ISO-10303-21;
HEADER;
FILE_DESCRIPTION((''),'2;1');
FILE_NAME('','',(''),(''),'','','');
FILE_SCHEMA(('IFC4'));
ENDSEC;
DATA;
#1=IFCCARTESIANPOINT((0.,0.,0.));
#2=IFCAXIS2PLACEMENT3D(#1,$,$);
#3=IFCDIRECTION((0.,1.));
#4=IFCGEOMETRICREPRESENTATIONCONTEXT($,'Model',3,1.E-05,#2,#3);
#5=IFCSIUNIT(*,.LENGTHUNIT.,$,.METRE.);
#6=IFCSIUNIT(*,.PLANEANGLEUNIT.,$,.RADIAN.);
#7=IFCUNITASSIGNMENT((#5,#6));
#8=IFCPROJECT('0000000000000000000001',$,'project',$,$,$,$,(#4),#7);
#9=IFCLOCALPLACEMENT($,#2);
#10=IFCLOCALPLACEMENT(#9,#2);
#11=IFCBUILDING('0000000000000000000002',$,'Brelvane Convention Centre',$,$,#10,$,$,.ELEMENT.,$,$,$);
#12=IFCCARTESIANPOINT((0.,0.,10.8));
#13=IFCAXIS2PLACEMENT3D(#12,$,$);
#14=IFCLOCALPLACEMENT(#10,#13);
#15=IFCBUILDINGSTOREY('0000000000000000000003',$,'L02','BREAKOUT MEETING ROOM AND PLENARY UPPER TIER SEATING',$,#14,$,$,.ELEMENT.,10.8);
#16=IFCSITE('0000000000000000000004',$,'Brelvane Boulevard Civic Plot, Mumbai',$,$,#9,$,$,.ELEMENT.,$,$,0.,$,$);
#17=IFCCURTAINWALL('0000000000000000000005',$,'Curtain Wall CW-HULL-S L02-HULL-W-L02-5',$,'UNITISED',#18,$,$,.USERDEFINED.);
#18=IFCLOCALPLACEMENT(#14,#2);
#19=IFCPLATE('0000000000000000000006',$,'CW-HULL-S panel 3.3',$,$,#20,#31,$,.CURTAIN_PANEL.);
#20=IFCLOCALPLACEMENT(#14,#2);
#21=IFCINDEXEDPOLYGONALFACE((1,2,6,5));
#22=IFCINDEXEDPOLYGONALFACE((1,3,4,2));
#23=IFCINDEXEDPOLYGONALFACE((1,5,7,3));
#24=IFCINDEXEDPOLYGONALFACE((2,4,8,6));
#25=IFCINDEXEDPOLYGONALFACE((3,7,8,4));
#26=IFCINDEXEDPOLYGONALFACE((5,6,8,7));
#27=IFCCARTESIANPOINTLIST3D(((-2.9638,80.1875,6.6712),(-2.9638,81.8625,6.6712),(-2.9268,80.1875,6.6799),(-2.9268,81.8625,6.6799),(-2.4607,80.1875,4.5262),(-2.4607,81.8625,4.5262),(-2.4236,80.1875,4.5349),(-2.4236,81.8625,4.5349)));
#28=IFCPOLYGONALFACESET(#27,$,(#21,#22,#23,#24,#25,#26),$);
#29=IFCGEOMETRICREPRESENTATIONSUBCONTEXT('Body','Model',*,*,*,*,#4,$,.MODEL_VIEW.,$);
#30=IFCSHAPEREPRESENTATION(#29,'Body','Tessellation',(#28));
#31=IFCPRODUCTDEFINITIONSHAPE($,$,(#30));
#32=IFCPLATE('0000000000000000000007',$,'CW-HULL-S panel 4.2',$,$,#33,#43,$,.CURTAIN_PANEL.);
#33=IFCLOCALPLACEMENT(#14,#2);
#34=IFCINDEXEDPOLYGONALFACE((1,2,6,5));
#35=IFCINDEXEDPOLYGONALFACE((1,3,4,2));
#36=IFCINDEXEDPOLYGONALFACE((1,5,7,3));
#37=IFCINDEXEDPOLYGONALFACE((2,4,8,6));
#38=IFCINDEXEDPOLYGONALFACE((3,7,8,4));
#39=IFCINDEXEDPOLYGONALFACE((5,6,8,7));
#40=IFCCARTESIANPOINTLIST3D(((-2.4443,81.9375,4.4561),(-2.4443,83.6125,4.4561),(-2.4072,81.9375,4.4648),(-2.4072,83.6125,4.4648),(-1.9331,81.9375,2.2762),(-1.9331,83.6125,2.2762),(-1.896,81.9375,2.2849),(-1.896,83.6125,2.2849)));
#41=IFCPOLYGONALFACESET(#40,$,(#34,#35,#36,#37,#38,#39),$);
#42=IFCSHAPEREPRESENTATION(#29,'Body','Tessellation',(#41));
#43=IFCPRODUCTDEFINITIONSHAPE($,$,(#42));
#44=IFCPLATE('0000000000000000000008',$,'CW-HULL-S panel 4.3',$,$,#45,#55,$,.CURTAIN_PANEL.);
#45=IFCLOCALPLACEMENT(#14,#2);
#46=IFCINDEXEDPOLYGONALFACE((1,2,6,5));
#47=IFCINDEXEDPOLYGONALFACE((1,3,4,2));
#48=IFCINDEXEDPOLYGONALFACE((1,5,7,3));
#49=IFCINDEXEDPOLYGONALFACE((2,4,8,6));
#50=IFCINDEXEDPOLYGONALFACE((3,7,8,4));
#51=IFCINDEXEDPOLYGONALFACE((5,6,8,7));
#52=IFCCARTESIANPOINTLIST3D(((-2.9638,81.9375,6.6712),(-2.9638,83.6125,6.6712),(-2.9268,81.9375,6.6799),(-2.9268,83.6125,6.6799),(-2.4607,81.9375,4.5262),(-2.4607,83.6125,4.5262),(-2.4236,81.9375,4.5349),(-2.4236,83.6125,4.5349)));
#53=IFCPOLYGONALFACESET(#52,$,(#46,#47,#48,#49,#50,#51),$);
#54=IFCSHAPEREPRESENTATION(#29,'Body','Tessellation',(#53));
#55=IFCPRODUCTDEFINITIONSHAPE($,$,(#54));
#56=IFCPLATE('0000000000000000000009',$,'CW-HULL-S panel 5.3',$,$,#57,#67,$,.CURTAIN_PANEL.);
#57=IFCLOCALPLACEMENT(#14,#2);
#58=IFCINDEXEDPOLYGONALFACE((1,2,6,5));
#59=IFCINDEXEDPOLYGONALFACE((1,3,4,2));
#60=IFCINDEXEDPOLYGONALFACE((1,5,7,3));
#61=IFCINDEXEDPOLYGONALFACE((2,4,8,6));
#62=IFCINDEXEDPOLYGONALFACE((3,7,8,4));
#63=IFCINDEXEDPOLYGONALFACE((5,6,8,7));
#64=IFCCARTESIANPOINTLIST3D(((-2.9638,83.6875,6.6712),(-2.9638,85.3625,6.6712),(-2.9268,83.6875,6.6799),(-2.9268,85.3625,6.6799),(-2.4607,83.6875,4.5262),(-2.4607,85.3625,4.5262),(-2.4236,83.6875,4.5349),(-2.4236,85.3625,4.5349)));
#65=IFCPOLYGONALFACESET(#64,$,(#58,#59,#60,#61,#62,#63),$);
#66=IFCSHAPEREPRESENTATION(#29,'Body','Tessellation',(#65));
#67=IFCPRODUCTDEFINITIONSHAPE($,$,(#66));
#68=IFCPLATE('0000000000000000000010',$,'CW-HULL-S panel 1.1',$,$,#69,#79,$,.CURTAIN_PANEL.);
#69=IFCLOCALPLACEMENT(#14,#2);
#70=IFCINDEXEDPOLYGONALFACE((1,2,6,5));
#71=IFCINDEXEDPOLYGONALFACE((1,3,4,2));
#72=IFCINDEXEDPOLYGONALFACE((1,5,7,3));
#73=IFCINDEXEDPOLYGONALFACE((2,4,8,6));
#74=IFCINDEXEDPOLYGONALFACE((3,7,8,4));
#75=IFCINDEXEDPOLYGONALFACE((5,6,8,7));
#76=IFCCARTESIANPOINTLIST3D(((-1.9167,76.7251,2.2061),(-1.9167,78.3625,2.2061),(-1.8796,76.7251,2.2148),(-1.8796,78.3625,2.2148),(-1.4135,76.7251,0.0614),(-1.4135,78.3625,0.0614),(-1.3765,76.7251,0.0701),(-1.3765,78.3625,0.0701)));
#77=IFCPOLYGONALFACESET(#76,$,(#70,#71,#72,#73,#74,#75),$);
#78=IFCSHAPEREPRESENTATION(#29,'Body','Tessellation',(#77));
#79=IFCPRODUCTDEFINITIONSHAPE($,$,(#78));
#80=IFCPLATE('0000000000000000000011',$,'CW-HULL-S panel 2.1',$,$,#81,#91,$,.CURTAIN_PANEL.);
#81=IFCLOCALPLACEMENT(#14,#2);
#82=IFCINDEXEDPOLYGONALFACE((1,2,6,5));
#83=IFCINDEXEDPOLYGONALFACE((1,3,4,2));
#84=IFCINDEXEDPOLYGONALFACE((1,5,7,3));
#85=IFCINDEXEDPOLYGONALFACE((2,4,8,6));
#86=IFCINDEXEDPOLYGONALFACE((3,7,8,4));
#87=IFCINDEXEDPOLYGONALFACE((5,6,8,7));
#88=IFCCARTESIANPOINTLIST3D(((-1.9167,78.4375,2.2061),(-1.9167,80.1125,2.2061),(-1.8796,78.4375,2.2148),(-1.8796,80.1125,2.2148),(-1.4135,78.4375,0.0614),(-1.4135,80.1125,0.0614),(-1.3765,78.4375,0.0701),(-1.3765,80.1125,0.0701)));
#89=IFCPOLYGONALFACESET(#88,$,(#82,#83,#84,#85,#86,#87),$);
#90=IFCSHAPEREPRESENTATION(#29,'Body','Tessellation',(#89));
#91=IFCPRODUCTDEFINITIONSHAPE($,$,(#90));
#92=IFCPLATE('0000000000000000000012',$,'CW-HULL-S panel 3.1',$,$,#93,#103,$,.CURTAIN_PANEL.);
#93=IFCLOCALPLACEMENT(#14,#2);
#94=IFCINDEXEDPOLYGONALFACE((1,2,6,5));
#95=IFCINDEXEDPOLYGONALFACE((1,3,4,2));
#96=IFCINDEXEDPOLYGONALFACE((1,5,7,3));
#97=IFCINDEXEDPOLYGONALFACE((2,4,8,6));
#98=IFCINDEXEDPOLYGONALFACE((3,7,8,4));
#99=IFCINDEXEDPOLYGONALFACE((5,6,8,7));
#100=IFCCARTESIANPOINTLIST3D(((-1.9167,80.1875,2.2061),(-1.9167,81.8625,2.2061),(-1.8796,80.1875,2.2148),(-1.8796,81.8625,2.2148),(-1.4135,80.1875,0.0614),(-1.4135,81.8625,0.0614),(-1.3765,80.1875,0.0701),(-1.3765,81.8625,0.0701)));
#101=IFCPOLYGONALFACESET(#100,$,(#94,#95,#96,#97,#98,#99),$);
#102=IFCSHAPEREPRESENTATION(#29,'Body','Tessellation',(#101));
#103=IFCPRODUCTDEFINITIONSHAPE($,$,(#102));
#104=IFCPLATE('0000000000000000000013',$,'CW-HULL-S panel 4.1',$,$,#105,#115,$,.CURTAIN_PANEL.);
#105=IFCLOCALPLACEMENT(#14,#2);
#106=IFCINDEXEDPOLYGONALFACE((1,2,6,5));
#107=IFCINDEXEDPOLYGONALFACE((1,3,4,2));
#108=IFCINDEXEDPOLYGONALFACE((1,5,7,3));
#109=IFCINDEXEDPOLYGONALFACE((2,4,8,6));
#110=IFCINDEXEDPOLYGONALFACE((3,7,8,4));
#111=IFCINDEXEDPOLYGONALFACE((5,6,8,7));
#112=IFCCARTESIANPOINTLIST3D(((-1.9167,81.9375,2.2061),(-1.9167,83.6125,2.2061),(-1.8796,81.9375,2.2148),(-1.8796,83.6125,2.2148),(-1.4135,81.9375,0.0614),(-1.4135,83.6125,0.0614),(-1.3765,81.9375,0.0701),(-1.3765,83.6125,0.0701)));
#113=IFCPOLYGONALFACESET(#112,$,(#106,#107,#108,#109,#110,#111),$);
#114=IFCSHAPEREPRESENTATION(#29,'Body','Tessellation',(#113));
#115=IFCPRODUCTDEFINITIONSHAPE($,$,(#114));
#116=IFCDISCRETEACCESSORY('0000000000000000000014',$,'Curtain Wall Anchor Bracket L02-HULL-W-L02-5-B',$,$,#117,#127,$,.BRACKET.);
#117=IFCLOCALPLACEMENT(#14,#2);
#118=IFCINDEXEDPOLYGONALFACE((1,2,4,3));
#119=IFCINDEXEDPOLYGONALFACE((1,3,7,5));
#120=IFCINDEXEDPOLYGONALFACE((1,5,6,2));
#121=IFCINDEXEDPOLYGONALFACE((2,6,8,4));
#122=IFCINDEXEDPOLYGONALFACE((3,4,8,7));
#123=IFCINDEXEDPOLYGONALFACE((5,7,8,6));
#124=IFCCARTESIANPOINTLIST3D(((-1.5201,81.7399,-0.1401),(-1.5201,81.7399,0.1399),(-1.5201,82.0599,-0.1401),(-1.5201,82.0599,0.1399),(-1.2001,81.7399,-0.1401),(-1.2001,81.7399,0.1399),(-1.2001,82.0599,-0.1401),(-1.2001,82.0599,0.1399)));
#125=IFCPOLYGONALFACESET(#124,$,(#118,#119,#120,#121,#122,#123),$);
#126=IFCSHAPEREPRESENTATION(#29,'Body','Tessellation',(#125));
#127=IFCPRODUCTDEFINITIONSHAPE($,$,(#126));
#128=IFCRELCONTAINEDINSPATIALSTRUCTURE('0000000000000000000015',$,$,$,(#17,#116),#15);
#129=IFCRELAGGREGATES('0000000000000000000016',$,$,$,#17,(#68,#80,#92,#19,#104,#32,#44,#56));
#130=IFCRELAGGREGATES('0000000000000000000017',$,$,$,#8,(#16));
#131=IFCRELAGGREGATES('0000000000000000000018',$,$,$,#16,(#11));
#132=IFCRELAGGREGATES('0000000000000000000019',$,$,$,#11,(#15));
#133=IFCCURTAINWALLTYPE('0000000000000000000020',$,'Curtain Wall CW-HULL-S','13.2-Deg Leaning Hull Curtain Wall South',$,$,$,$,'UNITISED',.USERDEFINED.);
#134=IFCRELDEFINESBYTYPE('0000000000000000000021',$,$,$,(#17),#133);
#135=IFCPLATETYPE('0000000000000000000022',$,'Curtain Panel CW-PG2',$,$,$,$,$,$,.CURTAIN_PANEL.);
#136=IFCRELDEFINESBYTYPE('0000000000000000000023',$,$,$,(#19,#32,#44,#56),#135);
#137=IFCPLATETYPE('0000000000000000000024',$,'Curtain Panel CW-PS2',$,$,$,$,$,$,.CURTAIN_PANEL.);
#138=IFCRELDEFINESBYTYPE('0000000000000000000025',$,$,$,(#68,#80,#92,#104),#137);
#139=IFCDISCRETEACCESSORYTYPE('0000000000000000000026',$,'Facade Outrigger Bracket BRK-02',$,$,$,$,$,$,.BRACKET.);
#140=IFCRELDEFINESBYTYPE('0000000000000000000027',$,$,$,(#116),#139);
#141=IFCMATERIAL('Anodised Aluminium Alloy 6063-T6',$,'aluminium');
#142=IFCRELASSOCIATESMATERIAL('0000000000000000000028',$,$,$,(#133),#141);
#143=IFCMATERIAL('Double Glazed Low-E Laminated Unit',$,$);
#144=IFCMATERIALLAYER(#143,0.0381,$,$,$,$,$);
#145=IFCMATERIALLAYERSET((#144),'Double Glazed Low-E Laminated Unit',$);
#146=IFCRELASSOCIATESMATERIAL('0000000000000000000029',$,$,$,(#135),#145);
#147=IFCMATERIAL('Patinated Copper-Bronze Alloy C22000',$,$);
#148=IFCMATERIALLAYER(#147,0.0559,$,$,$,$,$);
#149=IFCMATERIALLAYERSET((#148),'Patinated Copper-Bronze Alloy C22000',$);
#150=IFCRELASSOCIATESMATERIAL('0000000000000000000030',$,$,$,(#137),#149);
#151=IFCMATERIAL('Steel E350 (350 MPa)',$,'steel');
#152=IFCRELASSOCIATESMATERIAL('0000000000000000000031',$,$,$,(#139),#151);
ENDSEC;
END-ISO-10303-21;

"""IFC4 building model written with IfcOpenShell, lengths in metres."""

from ifc_helpers import new_model, si_unit, direction, frame, origin, origin_2d, place, context, subcontext, project, spatial, polyline, rectangle, outline, extrude, material, layer, layer_set, type_object, element, aggregate, save


model = new_model("IFC4")

# Units and contexts
model_context = context("Model", 3, precision=1e-05, world=origin(), true_north=direction((0.0, 1.0)))
body_context = subcontext(model_context, "Body", "Model", "MODEL_VIEW")
ifc_project = project(units=[si_unit("LENGTHUNIT", "METRE"), si_unit("PLANEANGLEUNIT", "RADIAN")], contexts=[model_context])

# Site, building, storey
site_placement = place(None, origin())
site = spatial("IfcSite", under=ifc_project, at=site_placement, Name="Brelvane Boulevard Civic Plot, Mumbai", CompositionType="ELEMENT", RefElevation=0.0)
building_placement = place(site_placement, origin())
building = spatial("IfcBuilding", under=site, at=building_placement, Name="Brelvane Convention Centre", CompositionType="ELEMENT")
storey_placement = place(building_placement, frame((0.0, 0.0, 10.8)))
storey = spatial("IfcBuildingStorey", under=building, at=storey_placement, Name="L02", Description="BREAKOUT MEETING ROOM AND PLENARY UPPER TIER SEATING", CompositionType="ELEMENT", Elevation=10.8)

# Curtain wall, plates
ifc_material_1 = material(Name="Anodised Aluminium Alloy 6063-T6", Category="aluminium")
curtain_wall_type = type_object("IfcCurtainWallType", Name="Curtain Wall CW-HULL-S", Description="13.2-Deg Leaning Hull Curtain Wall South", ElementType="UNITISED", PredefinedType="USERDEFINED", material=ifc_material_1)
curtain_wall_placement = place(storey_placement, origin())
curtain_wall = element("IfcCurtainWall", 1, at=curtain_wall_placement, inside=storey, type_object=curtain_wall_type, Name="Curtain Wall CW-HULL-S L02-HULL-W-L02-5", ObjectType="UNITISED", PredefinedType="USERDEFINED")
ifc_material_2 = material(Name="Double Glazed Low-E Laminated Unit")
ifc_layer_1 = layer(ifc_material_2, 0.0381)
ifc_layer_set_1 = layer_set([ifc_layer_1], Name="Double Glazed Low-E Laminated Unit")
plate_type_1 = type_object("IfcPlateType", Name="Curtain Panel CW-PG2", PredefinedType="CURTAIN_PANEL", material=ifc_layer_set_1)
plate_1_placement = place(storey_placement, frame((-2.4236, 80.1875, 4.5349), z_axis=(0.973572, 0.0, 0.228378), x_axis=(0.0, 1.0, 0.0)))
plate_1 = element("IfcPlate", 2, at=plate_1_placement, type_object=plate_type_1, Name="CW-HULL-S panel 3.3", PredefinedType="CURTAIN_PANEL", context=body_context, shape_type="SweptSolid", body=[
    extrude(outline(polyline([(0.0, 0.0), (1.675, 0.0), (1.675, 2.2032), (0.0, 2.2032), (0.0, 0.0)])), origin(), (0.0, 0.0, -1.0), 0.0381),
])
plate_2_placement = place(storey_placement, frame((-1.896, 81.9375, 2.2849), z_axis=(0.973586, 0.0, 0.228322), x_axis=(0.0, 1.0, 0.0)))
plate_2 = element("IfcPlate", 3, at=plate_2_placement, type_object=plate_type_1, Name="CW-HULL-S panel 4.2", PredefinedType="CURTAIN_PANEL", context=body_context, shape_type="SweptSolid", body=[
    extrude(outline(polyline([(0.0, 0.0), (1.675, 0.0), (1.675, 2.2391), (0.0, 2.2391), (0.0, 0.0)])), origin(), (0.0, 0.0, -1.0), 0.0381),
])
plate_3_placement = place(storey_placement, frame((-2.4236, 81.9375, 4.5349), z_axis=(0.973572, 0.0, 0.228378), x_axis=(0.0, 1.0, 0.0)))
plate_3 = element("IfcPlate", 4, at=plate_3_placement, type_object=plate_type_1, Name="CW-HULL-S panel 4.3", PredefinedType="CURTAIN_PANEL", context=body_context, shape_type="SweptSolid", body=[
    extrude(outline(polyline([(0.0, 0.0), (1.675, 0.0), (1.675, 2.2032), (0.0, 2.2032), (0.0, 0.0)])), origin(), (0.0, 0.0, -1.0), 0.0381),
])
plate_4_placement = place(storey_placement, frame((-2.4236, 83.6875, 4.5349), z_axis=(0.973572, 0.0, 0.228378), x_axis=(0.0, 1.0, 0.0)))
plate_4 = element("IfcPlate", 5, at=plate_4_placement, type_object=plate_type_1, Name="CW-HULL-S panel 5.3", PredefinedType="CURTAIN_PANEL", context=body_context, shape_type="SweptSolid", body=[
    extrude(outline(polyline([(0.0, 0.0), (1.675, 0.0), (1.675, 2.2032), (0.0, 2.2032), (0.0, 0.0)])), origin(), (0.0, 0.0, -1.0), 0.0381),
])
ifc_material_3 = material(Name="Patinated Copper-Bronze Alloy C22000")
ifc_layer_2 = layer(ifc_material_3, 0.0559)
ifc_layer_set_2 = layer_set([ifc_layer_2], Name="Patinated Copper-Bronze Alloy C22000")
plate_type_2 = type_object("IfcPlateType", Name="Curtain Panel CW-PS2", PredefinedType="CURTAIN_PANEL", material=ifc_layer_set_2)
plate_5_placement = place(storey_placement, frame((-1.3765, 76.7251, 0.0701), z_axis=(0.973567, 0.0, 0.228403), x_axis=(0.0, 1.0, 0.0)))
plate_5 = element("IfcPlate", 6, at=plate_5_placement, type_object=plate_type_2, Name="CW-HULL-S panel 1.1", PredefinedType="CURTAIN_PANEL", context=body_context, shape_type="SweptSolid", body=[
    extrude(outline(polyline([(0.0, 0.0), (1.6375, 0.0), (1.6375, 2.203), (0.0, 2.203), (0.0, 0.0)])), origin(), (0.0, 0.0, -1.0), 0.0381),
])
plate_6_placement = place(storey_placement, frame((-1.3765, 78.4375, 0.0701), z_axis=(0.973567, 0.0, 0.228403), x_axis=(0.0, 1.0, 0.0)))
plate_6 = element("IfcPlate", 7, at=plate_6_placement, type_object=plate_type_2, Name="CW-HULL-S panel 2.1", PredefinedType="CURTAIN_PANEL", context=body_context, shape_type="SweptSolid", body=[
    extrude(outline(polyline([(0.0, 0.0), (1.675, 0.0), (1.675, 2.203), (0.0, 2.203), (0.0, 0.0)])), origin(), (0.0, 0.0, -1.0), 0.0381),
])
plate_7_placement = place(storey_placement, frame((-1.3765, 80.1875, 0.0701), z_axis=(0.973567, 0.0, 0.228403), x_axis=(0.0, 1.0, 0.0)))
plate_7 = element("IfcPlate", 8, at=plate_7_placement, type_object=plate_type_2, Name="CW-HULL-S panel 3.1", PredefinedType="CURTAIN_PANEL", context=body_context, shape_type="SweptSolid", body=[
    extrude(outline(polyline([(0.0, 0.0), (1.675, 0.0), (1.675, 2.203), (0.0, 2.203), (0.0, 0.0)])), origin(), (0.0, 0.0, -1.0), 0.0381),
])
plate_8_placement = place(storey_placement, frame((-1.3765, 81.9375, 0.0701), z_axis=(0.973567, 0.0, 0.228403), x_axis=(0.0, 1.0, 0.0)))
plate_8 = element("IfcPlate", 9, at=plate_8_placement, type_object=plate_type_2, Name="CW-HULL-S panel 4.1", PredefinedType="CURTAIN_PANEL", context=body_context, shape_type="SweptSolid", body=[
    extrude(outline(polyline([(0.0, 0.0), (1.675, 0.0), (1.675, 2.203), (0.0, 2.203), (0.0, 0.0)])), origin(), (0.0, 0.0, -1.0), 0.0381),
])
aggregate(curtain_wall, [plate_5, plate_6, plate_7, plate_1, plate_8, plate_2, plate_3, plate_4])

# Discrete accessory
ifc_material_4 = material(Name="Steel E350 (350 MPa)", Category="steel")
discrete_accessory_type = type_object("IfcDiscreteAccessoryType", Name="Facade Outrigger Bracket BRK-02", PredefinedType="BRACKET", material=ifc_material_4)
discrete_accessory_placement = place(storey_placement, frame((-1.3601, 81.8999, -0.1401), z_axis=(0.0, 0.0, 1.0), x_axis=(1.0, 0.0, 0.0)))
element("IfcDiscreteAccessory", 10, at=discrete_accessory_placement, inside=storey, type_object=discrete_accessory_type, Name="Curtain Wall Anchor Bracket L02-HULL-W-L02-5-B", PredefinedType="BRACKET", context=body_context, shape_type="SweptSolid", body=[
    extrude(rectangle(XDim=0.3201, YDim=0.3201, at=origin_2d()), origin(), (0.0, 0.0, 1.0), 0.28),
])

save(model, "model.ifc")
